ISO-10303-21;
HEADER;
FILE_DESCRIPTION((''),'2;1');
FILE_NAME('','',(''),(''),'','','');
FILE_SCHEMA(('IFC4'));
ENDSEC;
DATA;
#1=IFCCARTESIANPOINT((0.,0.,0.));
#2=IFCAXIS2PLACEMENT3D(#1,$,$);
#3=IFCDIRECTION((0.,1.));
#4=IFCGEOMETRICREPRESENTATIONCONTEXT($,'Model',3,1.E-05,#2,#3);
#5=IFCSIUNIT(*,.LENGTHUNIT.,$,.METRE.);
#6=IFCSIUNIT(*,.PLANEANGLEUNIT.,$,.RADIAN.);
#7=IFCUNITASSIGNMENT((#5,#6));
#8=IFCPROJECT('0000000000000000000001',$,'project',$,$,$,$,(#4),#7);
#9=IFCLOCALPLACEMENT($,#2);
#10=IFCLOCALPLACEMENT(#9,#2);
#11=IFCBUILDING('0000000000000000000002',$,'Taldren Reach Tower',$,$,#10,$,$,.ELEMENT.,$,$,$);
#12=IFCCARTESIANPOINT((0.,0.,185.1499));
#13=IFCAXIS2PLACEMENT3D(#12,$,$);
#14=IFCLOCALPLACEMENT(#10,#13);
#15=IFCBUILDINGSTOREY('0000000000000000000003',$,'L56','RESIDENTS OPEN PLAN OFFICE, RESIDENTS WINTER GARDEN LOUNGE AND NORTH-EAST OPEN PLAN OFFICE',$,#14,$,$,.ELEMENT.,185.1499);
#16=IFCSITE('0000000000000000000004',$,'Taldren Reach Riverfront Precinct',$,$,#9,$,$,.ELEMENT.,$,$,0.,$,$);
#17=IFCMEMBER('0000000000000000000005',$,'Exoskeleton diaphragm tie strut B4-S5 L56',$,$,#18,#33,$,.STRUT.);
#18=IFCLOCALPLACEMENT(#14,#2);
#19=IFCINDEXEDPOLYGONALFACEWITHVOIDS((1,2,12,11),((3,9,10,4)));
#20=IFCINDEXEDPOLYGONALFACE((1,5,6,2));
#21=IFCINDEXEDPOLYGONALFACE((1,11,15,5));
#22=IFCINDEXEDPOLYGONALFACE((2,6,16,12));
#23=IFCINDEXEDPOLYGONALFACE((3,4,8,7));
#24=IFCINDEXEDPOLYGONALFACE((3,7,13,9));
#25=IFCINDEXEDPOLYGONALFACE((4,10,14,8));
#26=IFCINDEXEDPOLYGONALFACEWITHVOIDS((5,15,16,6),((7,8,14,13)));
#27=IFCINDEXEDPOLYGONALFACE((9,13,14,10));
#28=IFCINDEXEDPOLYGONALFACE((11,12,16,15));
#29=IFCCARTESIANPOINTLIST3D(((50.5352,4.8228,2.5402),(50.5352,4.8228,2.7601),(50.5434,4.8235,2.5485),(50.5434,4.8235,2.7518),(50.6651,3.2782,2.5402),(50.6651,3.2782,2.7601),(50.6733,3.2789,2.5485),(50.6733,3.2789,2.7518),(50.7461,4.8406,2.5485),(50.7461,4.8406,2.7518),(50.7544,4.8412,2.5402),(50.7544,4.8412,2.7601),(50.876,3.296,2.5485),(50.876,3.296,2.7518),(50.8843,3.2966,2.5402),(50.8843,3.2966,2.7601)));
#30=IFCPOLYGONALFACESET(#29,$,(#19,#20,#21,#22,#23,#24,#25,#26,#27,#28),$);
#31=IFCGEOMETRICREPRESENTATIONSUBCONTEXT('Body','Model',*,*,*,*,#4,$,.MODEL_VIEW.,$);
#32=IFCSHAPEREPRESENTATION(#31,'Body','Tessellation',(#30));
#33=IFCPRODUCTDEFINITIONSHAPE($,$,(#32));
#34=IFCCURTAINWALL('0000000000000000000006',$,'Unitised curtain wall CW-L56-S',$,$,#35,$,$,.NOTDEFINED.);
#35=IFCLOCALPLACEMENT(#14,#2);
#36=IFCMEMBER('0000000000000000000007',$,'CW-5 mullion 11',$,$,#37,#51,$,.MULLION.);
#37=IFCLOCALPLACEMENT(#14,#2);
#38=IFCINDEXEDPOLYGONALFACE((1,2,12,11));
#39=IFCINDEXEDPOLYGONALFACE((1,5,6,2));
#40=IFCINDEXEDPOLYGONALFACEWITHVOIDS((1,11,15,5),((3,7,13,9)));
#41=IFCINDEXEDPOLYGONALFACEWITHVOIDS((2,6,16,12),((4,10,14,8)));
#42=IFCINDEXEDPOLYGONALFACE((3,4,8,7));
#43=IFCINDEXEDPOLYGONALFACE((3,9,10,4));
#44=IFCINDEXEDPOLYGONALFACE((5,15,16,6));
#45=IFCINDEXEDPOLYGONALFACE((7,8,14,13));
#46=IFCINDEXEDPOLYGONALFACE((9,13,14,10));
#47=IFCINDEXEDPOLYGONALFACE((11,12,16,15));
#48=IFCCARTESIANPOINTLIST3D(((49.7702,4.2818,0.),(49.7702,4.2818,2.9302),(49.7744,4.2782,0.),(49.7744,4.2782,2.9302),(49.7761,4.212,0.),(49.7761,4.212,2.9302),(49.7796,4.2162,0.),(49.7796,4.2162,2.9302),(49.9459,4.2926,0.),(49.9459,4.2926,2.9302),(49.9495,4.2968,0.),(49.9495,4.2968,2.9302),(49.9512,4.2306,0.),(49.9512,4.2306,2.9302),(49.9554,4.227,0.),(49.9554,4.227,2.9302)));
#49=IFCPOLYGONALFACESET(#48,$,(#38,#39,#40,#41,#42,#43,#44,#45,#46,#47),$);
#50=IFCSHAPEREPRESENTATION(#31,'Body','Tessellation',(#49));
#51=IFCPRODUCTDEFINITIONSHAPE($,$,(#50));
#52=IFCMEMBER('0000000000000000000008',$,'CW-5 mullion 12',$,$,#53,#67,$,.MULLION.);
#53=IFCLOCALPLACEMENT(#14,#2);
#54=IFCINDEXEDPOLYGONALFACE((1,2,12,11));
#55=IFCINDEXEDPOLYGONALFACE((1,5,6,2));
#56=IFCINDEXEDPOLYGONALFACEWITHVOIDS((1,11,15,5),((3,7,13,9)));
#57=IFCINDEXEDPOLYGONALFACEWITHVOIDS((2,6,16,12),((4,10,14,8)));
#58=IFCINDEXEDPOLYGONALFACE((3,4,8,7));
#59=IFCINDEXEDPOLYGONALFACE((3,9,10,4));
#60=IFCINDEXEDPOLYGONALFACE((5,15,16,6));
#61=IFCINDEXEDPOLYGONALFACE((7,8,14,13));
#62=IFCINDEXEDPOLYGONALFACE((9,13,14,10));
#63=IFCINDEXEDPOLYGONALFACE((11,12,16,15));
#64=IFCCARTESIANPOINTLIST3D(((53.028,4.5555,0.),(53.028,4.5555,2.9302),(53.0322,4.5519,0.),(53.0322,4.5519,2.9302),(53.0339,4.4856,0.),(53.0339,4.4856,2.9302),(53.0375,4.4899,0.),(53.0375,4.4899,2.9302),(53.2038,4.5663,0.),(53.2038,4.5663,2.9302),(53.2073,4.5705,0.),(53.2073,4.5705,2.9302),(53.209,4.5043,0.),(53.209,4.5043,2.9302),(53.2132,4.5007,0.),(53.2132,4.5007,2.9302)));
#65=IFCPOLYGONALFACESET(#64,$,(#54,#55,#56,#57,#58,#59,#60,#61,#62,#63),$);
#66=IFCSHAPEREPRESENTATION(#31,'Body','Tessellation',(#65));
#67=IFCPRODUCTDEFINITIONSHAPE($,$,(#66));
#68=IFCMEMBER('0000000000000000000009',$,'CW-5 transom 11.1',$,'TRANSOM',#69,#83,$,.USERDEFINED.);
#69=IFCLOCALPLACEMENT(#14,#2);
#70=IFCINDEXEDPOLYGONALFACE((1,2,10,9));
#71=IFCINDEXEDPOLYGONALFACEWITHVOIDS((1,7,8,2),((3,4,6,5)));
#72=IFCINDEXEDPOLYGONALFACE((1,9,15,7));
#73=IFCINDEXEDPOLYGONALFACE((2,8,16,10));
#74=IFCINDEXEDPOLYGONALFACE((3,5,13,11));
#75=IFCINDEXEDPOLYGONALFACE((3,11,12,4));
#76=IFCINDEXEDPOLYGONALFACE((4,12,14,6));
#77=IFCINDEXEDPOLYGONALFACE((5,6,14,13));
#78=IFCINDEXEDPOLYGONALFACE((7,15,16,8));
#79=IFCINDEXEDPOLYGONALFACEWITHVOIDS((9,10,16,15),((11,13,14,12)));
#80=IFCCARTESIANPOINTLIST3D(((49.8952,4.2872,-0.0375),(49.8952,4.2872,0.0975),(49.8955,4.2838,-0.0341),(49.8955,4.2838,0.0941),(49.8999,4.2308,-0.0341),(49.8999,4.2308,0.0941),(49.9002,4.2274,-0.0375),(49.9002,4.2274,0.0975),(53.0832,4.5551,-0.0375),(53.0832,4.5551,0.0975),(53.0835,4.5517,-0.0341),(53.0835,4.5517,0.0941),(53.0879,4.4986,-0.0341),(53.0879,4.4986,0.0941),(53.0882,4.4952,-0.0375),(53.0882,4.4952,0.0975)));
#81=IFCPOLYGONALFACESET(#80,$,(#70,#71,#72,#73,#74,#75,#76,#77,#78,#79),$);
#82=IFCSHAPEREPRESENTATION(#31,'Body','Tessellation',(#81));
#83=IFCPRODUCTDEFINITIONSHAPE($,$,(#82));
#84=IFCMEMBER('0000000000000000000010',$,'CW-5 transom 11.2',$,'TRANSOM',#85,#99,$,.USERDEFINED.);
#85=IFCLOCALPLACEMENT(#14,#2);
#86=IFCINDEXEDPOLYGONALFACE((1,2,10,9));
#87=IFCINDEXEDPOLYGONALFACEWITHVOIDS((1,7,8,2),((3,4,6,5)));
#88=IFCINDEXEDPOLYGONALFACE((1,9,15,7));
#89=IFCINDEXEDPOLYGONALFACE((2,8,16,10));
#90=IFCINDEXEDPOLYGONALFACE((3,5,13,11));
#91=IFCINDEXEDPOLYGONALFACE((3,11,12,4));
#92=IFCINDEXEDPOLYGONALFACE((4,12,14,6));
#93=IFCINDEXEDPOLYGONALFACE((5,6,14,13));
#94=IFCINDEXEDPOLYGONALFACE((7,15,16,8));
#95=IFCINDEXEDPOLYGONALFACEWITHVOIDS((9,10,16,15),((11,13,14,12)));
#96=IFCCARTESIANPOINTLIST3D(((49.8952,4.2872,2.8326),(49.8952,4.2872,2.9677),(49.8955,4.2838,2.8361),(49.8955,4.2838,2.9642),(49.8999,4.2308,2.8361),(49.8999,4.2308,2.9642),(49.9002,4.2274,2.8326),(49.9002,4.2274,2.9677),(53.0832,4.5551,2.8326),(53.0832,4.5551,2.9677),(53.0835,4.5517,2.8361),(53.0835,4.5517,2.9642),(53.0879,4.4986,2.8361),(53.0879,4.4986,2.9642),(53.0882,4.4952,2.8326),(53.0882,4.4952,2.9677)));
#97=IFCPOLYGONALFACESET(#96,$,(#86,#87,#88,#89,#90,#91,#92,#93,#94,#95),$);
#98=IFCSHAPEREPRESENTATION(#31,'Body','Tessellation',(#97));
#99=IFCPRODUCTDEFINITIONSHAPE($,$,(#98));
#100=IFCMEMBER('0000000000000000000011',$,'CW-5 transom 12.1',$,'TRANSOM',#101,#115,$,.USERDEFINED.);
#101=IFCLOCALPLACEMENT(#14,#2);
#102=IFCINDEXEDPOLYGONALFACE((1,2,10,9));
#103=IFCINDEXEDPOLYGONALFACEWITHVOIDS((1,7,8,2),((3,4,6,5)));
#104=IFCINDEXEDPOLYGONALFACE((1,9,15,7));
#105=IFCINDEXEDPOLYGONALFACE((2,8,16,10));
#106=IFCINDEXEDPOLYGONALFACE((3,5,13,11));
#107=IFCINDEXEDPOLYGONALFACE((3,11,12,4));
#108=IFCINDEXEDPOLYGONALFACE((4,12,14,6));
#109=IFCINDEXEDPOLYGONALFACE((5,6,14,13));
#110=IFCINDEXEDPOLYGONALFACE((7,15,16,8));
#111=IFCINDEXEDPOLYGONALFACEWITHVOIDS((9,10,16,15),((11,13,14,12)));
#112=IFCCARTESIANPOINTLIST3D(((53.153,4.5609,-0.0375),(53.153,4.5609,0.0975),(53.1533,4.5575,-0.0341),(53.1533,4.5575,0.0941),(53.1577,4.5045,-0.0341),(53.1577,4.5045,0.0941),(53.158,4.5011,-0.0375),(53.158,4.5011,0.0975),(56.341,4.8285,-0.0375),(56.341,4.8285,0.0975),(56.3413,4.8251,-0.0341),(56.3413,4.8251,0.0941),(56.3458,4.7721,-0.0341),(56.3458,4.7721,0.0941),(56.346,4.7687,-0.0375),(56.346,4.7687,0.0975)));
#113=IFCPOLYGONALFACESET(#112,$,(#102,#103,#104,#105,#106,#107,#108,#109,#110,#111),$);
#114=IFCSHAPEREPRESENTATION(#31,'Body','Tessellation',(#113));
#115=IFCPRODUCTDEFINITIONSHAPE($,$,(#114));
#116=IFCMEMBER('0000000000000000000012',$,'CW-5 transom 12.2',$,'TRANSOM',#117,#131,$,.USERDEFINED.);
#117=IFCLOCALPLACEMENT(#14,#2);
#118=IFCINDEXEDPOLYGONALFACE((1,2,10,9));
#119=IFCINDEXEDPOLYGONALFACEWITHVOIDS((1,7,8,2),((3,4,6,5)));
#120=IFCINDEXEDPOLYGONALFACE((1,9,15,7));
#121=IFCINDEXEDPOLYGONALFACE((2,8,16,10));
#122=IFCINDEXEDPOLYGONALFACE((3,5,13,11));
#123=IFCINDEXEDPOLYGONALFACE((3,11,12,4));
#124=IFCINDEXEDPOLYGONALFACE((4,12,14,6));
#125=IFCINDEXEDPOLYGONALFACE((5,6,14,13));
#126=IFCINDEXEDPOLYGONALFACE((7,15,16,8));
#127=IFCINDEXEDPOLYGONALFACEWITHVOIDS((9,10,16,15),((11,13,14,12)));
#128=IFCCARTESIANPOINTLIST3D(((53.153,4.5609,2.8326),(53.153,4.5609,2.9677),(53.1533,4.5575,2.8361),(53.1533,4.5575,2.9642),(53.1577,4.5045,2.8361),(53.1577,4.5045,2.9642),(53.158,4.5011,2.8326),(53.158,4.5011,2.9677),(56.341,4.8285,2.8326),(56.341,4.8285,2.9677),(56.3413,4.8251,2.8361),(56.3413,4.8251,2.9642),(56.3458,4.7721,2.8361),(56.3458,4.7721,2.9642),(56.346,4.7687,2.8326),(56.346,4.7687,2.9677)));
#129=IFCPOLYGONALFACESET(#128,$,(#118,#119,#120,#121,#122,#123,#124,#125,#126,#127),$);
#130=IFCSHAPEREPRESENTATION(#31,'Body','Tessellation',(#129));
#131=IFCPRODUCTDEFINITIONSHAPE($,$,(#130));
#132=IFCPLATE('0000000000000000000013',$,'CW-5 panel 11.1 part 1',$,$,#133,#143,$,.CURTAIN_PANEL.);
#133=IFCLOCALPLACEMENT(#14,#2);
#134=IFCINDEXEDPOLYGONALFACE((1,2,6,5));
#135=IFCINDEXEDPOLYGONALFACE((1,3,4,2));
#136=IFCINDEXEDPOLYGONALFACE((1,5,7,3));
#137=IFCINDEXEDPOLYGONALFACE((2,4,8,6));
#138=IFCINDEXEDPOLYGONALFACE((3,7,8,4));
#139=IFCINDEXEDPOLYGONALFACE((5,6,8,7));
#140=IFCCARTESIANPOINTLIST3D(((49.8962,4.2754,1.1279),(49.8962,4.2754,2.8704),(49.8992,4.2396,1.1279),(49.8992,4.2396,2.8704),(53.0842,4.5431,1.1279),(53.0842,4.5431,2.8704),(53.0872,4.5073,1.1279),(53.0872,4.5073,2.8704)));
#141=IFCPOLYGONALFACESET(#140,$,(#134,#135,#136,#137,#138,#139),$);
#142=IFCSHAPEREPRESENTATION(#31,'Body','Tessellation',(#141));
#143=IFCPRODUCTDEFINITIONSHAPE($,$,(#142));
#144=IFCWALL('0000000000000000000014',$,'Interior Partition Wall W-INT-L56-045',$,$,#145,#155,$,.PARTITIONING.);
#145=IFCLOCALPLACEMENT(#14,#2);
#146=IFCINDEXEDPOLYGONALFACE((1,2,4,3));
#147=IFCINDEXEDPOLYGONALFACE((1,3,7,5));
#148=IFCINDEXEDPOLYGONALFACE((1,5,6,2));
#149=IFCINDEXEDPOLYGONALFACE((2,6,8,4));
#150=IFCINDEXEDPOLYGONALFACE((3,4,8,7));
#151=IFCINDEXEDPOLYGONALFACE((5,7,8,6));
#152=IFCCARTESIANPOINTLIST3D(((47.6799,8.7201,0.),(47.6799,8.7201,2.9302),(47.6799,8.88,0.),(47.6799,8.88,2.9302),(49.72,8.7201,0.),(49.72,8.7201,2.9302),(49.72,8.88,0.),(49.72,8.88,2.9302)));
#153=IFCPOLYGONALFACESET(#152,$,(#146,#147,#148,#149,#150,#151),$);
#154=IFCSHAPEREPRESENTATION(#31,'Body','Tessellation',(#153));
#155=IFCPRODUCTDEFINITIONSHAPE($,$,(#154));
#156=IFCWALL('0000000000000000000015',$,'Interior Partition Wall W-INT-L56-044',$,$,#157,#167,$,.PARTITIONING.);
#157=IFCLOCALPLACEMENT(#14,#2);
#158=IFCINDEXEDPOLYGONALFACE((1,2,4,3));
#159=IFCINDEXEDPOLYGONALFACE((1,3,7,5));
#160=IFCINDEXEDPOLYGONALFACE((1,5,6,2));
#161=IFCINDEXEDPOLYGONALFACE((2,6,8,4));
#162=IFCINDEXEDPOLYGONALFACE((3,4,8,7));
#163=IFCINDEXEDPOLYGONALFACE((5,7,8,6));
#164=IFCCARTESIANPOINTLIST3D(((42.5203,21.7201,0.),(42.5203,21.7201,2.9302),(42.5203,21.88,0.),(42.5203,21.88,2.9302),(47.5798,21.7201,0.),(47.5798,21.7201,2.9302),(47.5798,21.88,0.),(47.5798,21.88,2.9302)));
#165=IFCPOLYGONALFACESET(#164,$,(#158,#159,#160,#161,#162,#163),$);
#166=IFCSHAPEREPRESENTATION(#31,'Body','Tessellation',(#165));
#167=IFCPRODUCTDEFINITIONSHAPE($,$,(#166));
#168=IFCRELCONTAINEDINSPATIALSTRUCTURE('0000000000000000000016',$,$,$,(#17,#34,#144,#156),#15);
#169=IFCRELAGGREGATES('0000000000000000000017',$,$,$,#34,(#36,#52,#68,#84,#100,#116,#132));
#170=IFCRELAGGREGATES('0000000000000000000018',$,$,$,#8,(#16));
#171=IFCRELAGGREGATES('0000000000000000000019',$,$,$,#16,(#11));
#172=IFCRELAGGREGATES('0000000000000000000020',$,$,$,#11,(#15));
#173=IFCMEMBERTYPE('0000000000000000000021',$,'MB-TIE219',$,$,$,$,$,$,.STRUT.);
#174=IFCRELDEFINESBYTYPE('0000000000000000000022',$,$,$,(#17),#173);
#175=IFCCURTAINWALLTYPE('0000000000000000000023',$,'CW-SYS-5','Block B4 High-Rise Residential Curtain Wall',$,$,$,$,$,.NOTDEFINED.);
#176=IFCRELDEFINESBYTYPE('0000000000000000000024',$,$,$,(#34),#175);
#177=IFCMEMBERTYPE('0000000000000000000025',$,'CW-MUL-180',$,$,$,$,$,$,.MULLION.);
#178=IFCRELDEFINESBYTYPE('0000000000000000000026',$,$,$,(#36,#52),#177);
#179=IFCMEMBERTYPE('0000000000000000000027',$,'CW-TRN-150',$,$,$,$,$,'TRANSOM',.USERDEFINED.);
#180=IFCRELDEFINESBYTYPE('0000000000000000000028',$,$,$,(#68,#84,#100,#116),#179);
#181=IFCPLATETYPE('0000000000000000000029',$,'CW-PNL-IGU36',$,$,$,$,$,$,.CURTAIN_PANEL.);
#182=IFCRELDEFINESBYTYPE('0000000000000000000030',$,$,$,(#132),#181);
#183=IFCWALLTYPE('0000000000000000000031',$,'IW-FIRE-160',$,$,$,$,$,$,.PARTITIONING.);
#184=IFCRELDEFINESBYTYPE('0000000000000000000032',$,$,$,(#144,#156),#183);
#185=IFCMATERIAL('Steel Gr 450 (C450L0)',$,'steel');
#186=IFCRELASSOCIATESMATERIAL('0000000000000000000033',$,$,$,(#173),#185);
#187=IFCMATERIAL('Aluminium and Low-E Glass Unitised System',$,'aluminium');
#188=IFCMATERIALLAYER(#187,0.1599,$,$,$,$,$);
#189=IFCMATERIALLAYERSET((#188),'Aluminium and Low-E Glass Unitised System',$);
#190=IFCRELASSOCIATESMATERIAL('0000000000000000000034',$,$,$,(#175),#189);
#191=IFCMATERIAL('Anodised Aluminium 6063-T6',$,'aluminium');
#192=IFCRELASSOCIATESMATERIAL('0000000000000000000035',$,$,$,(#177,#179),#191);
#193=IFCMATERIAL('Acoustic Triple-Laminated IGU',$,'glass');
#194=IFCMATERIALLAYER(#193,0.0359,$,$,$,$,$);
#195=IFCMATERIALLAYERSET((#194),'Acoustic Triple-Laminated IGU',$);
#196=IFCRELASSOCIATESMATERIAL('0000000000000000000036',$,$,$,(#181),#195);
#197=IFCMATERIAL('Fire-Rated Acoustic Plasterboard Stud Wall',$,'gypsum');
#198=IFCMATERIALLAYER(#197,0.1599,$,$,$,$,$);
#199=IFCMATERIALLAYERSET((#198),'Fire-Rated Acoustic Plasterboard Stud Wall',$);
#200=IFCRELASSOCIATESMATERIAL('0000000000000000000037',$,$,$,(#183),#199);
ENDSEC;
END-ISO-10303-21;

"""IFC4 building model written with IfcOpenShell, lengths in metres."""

from ifc_helpers import new_model, si_unit, direction, frame, frame_2d, origin, origin_2d, place, context, subcontext, project, spatial, rectangle, hollow_rectangle, extrude, source, transform, mapped, material, layer, layer_set, material_profile, profile_set, type_object, element, aggregate, save


model = new_model("IFC4")

# Units and contexts
model_context = context("Model", 3, precision=1e-05, world=origin(), true_north=direction((0.0, 1.0)))
body_context = subcontext(model_context, "Body", "Model", "MODEL_VIEW")
ifc_project = project(units=[si_unit("LENGTHUNIT", "METRE"), si_unit("PLANEANGLEUNIT", "RADIAN")], contexts=[model_context])

# Site, building, storey
site_placement = place(None, origin())
site = spatial("IfcSite", under=ifc_project, at=site_placement, Name="Taldren Reach Riverfront Precinct", CompositionType="ELEMENT", RefElevation=0.0)
building_placement = place(site_placement, origin())
building = spatial("IfcBuilding", under=site, at=building_placement, Name="Taldren Reach Tower", CompositionType="ELEMENT")
storey_placement = place(building_placement, frame((0.0, 0.0, 185.1499)))
storey = spatial("IfcBuildingStorey", under=building, at=storey_placement, Name="L56", Description="RESIDENTS OPEN PLAN OFFICE, RESIDENTS WINTER GARDEN LOUNGE AND NORTH-EAST OPEN PLAN OFFICE", CompositionType="ELEMENT", Elevation=185.1499)

# Shared definitions
ifc_material_1 = material(Name="Steel Gr 450 (C450L0)", Category="steel")

# Member
ifc_material_profile_1 = material_profile(ifc_material_1, hollow_rectangle(XDim=0.22, YDim=0.22, WallThickness=0.0083, at=origin_2d()), Name="220x220x8.2SHS")
ifc_profile_set_1 = profile_set([ifc_material_profile_1], Name="Steel Gr 450 (C450L0)")
member_type_1 = type_object("IfcMemberType", Name="MB-TIE219", PredefinedType="STRUT", material=ifc_profile_set_1)
shared_shape_1 = source(origin(), body_context, "Body", "SweptSolid", [
    extrude(hollow_rectangle(XDim=0.22, YDim=0.22, WallThickness=0.0083, at=origin_2d()), origin(), (0.0, 0.0, 1.0), 1.55),
])
member_1_placement = place(storey_placement, frame((50.6448, 4.832, 2.6501), z_axis=(0.083788, -0.996484, 0.0), x_axis=(0.996484, 0.083788, 0.0)))
element("IfcMember", 1, at=member_1_placement, inside=storey, type_object=member_type_1, Name="Exoskeleton diaphragm tie strut B4-S5 L56", PredefinedType="STRUT", context=body_context, shape_type="MappedRepresentation", body=[
    mapped(shared_shape_1, transform((0.0, 0.0, 0.0), scale=1.0)),
])

# Curtain wall, members, plate
ifc_material_2 = material(Name="Aluminium and Low-E Glass Unitised System", Category="aluminium")
ifc_layer_1 = layer(ifc_material_2, 0.1599)
ifc_layer_set_1 = layer_set([ifc_layer_1], Name="Aluminium and Low-E Glass Unitised System")
curtain_wall_type = type_object("IfcCurtainWallType", Name="CW-SYS-5", Description="Block B4 High-Rise Residential Curtain Wall", PredefinedType="NOTDEFINED", material=ifc_layer_set_1)
curtain_wall_placement = place(storey_placement, origin())
curtain_wall = element("IfcCurtainWall", 2, at=curtain_wall_placement, inside=storey, type_object=curtain_wall_type, Name="Unitised curtain wall CW-L56-S", PredefinedType="NOTDEFINED")
ifc_material_3 = material(Name="Anodised Aluminium 6063-T6", Category="aluminium")
ifc_material_profile_2 = material_profile(ifc_material_3, hollow_rectangle(XDim=0.0701, YDim=0.1799, WallThickness=0.0039, at=origin_2d()), Name="ALU-180x70x4RHS")
ifc_profile_set_2 = profile_set([ifc_material_profile_2], Name="Anodised Aluminium 6063-T6")
member_type_2 = type_object("IfcMemberType", Name="CW-MUL-180", PredefinedType="MULLION", material=ifc_profile_set_2)
shared_shape_2 = source(origin(), body_context, "Body", "SweptSolid", [
    extrude(hollow_rectangle(XDim=0.0701, YDim=0.1799, WallThickness=0.0039, at=origin_2d()), origin(), (0.0, 0.0, 1.0), 2.9302),
])
member_2_placement = place(storey_placement, frame((49.8628, 4.2544, 0.0), z_axis=(0.0, 0.0, 1.0), x_axis=(-0.083678, 0.996493, 0.0)))
member_2 = element("IfcMember", 3, at=member_2_placement, type_object=member_type_2, Name="CW-5 mullion 11", PredefinedType="MULLION", context=body_context, shape_type="MappedRepresentation", body=[
    mapped(shared_shape_2, transform((0.0, 0.0, 0.0), scale=1.0)),
])
member_3_placement = place(storey_placement, frame((53.1206, 4.5281, 0.0), z_axis=(0.0, 0.0, 1.0), x_axis=(-0.083678, 0.996493, 0.0)))
member_3 = element("IfcMember", 4, at=member_3_placement, type_object=member_type_2, Name="CW-5 mullion 12", PredefinedType="MULLION", context=body_context, shape_type="MappedRepresentation", body=[
    mapped(shared_shape_2, transform((0.0, 0.0, 0.0), scale=1.0)),
])
ifc_material_profile_3 = material_profile(ifc_material_3, hollow_rectangle(XDim=0.0601, YDim=0.135, WallThickness=0.0034, at=origin_2d()), Name="ALU-135x60x3.5RHS")
ifc_profile_set_3 = profile_set([ifc_material_profile_3], Name="Anodised Aluminium 6063-T6")
member_type_3 = type_object("IfcMemberType", Name="CW-TRN-150", ElementType="TRANSOM", PredefinedType="USERDEFINED", material=ifc_profile_set_3)
shared_shape_3 = source(origin(), body_context, "Body", "SweptSolid", [
    extrude(hollow_rectangle(XDim=0.0601, YDim=0.135, WallThickness=0.0034, at=origin_2d()), origin(), (0.0, 0.0, 1.0), 3.1992),
])
member_4_placement = place(storey_placement, frame((49.8977, 4.2573, 0.03), z_axis=(0.99649, 0.083715, 0.0), x_axis=(-0.083715, 0.99649, 0.0)))
member_4 = element("IfcMember", 5, at=member_4_placement, type_object=member_type_3, Name="CW-5 transom 11.1", ObjectType="TRANSOM", PredefinedType="USERDEFINED", context=body_context, shape_type="MappedRepresentation", body=[
    mapped(shared_shape_3, transform((0.0, 0.0, 0.0), scale=1.0)),
])
member_5_placement = place(storey_placement, frame((49.8977, 4.2573, 2.9001), z_axis=(0.99649, 0.083715, 0.0), x_axis=(-0.083715, 0.99649, 0.0)))
member_5 = element("IfcMember", 6, at=member_5_placement, type_object=member_type_3, Name="CW-5 transom 11.2", ObjectType="TRANSOM", PredefinedType="USERDEFINED", context=body_context, shape_type="MappedRepresentation", body=[
    mapped(shared_shape_3, transform((0.0, 0.0, 0.0), scale=1.0)),
])
member_6_placement = place(storey_placement, frame((53.1555, 4.531, 0.03), z_axis=(0.996496, 0.083639, 0.0), x_axis=(-0.083639, 0.996496, 0.0)))
member_6 = element("IfcMember", 7, at=member_6_placement, type_object=member_type_3, Name="CW-5 transom 12.1", ObjectType="TRANSOM", PredefinedType="USERDEFINED", context=body_context, shape_type="MappedRepresentation", body=[
    mapped(shared_shape_3, transform((0.0, 0.0, 0.0), scale=1.0)),
])
member_7_placement = place(storey_placement, frame((53.1555, 4.531, 2.9001), z_axis=(0.996496, 0.083639, 0.0), x_axis=(-0.083639, 0.996496, 0.0)))
member_7 = element("IfcMember", 8, at=member_7_placement, type_object=member_type_3, Name="CW-5 transom 12.2", ObjectType="TRANSOM", PredefinedType="USERDEFINED", context=body_context, shape_type="MappedRepresentation", body=[
    mapped(shared_shape_3, transform((0.0, 0.0, 0.0), scale=1.0)),
])
ifc_material_4 = material(Name="Acoustic Triple-Laminated IGU", Category="glass")
ifc_layer_2 = layer(ifc_material_4, 0.0359)
ifc_layer_set_2 = layer_set([ifc_layer_2], Name="Acoustic Triple-Laminated IGU")
plate_type = type_object("IfcPlateType", Name="CW-PNL-IGU36", PredefinedType="CURTAIN_PANEL", material=ifc_layer_set_2)
shared_shape_4 = source(origin(), body_context, "Body", "SweptSolid", [
    extrude(rectangle(XDim=3.1992, YDim=0.0359, at=origin_2d()), origin(), (0.0, 0.0, 1.0), 1.7424),
])
plate_placement = place(storey_placement, frame((51.4917, 4.3914, 1.1279), z_axis=(0.0, 0.0, 1.0), x_axis=(0.996493, 0.083678, 0.0)))
plate = element("IfcPlate", 9, at=plate_placement, type_object=plate_type, Name="CW-5 panel 11.1 part 1", PredefinedType="CURTAIN_PANEL", context=body_context, shape_type="MappedRepresentation", body=[
    mapped(shared_shape_4, transform((0.0, 0.0, 0.0), scale=1.0)),
])
aggregate(curtain_wall, [member_2, member_3, member_4, member_5, member_6, member_7, plate])

# Walls
ifc_material_5 = material(Name="Fire-Rated Acoustic Plasterboard Stud Wall", Category="gypsum")
ifc_layer_3 = layer(ifc_material_5, 0.1599)
ifc_layer_set_3 = layer_set([ifc_layer_3], Name="Fire-Rated Acoustic Plasterboard Stud Wall")
wall_type_1 = type_object("IfcWallType", Name="IW-FIRE-160", PredefinedType="PARTITIONING", material=ifc_layer_set_3)
shared_shape_5 = source(origin(), body_context, "Body", "SweptSolid", [
    extrude(rectangle(XDim=2.04, YDim=0.1599, at=frame_2d((1.02, 0.0))), origin(), (0.0, 0.0, 1.0), 2.9302),
])
wall_1_placement = place(storey_placement, frame((49.72, 8.8, 0.0), z_axis=(0.0, 0.0, 1.0), x_axis=(-1.0, 0.0, 0.0)))
element("IfcWall", 10, at=wall_1_placement, inside=storey, type_object=wall_type_1, Name="Interior Partition Wall W-INT-L56-045", PredefinedType="PARTITIONING", context=body_context, shape_type="MappedRepresentation", body=[
    mapped(shared_shape_5, transform((0.0, 0.0, 0.0), scale=1.0)),
])
shared_shape_6 = source(origin(), body_context, "Body", "SweptSolid", [
    extrude(rectangle(XDim=5.0596, YDim=0.1599, at=frame_2d((2.5298, 0.0))), origin(), (0.0, 0.0, 1.0), 2.9302),
])
wall_2_placement = place(storey_placement, frame((47.5798, 21.8, 0.0), z_axis=(0.0, 0.0, 1.0), x_axis=(-1.0, 0.0, 0.0)))
element("IfcWall", 11, at=wall_2_placement, inside=storey, type_object=wall_type_1, Name="Interior Partition Wall W-INT-L56-044", PredefinedType="PARTITIONING", context=body_context, shape_type="MappedRepresentation", body=[
    mapped(shared_shape_6, transform((0.0, 0.0, 0.0), scale=1.0)),
])

save(model, "model.ifc")
